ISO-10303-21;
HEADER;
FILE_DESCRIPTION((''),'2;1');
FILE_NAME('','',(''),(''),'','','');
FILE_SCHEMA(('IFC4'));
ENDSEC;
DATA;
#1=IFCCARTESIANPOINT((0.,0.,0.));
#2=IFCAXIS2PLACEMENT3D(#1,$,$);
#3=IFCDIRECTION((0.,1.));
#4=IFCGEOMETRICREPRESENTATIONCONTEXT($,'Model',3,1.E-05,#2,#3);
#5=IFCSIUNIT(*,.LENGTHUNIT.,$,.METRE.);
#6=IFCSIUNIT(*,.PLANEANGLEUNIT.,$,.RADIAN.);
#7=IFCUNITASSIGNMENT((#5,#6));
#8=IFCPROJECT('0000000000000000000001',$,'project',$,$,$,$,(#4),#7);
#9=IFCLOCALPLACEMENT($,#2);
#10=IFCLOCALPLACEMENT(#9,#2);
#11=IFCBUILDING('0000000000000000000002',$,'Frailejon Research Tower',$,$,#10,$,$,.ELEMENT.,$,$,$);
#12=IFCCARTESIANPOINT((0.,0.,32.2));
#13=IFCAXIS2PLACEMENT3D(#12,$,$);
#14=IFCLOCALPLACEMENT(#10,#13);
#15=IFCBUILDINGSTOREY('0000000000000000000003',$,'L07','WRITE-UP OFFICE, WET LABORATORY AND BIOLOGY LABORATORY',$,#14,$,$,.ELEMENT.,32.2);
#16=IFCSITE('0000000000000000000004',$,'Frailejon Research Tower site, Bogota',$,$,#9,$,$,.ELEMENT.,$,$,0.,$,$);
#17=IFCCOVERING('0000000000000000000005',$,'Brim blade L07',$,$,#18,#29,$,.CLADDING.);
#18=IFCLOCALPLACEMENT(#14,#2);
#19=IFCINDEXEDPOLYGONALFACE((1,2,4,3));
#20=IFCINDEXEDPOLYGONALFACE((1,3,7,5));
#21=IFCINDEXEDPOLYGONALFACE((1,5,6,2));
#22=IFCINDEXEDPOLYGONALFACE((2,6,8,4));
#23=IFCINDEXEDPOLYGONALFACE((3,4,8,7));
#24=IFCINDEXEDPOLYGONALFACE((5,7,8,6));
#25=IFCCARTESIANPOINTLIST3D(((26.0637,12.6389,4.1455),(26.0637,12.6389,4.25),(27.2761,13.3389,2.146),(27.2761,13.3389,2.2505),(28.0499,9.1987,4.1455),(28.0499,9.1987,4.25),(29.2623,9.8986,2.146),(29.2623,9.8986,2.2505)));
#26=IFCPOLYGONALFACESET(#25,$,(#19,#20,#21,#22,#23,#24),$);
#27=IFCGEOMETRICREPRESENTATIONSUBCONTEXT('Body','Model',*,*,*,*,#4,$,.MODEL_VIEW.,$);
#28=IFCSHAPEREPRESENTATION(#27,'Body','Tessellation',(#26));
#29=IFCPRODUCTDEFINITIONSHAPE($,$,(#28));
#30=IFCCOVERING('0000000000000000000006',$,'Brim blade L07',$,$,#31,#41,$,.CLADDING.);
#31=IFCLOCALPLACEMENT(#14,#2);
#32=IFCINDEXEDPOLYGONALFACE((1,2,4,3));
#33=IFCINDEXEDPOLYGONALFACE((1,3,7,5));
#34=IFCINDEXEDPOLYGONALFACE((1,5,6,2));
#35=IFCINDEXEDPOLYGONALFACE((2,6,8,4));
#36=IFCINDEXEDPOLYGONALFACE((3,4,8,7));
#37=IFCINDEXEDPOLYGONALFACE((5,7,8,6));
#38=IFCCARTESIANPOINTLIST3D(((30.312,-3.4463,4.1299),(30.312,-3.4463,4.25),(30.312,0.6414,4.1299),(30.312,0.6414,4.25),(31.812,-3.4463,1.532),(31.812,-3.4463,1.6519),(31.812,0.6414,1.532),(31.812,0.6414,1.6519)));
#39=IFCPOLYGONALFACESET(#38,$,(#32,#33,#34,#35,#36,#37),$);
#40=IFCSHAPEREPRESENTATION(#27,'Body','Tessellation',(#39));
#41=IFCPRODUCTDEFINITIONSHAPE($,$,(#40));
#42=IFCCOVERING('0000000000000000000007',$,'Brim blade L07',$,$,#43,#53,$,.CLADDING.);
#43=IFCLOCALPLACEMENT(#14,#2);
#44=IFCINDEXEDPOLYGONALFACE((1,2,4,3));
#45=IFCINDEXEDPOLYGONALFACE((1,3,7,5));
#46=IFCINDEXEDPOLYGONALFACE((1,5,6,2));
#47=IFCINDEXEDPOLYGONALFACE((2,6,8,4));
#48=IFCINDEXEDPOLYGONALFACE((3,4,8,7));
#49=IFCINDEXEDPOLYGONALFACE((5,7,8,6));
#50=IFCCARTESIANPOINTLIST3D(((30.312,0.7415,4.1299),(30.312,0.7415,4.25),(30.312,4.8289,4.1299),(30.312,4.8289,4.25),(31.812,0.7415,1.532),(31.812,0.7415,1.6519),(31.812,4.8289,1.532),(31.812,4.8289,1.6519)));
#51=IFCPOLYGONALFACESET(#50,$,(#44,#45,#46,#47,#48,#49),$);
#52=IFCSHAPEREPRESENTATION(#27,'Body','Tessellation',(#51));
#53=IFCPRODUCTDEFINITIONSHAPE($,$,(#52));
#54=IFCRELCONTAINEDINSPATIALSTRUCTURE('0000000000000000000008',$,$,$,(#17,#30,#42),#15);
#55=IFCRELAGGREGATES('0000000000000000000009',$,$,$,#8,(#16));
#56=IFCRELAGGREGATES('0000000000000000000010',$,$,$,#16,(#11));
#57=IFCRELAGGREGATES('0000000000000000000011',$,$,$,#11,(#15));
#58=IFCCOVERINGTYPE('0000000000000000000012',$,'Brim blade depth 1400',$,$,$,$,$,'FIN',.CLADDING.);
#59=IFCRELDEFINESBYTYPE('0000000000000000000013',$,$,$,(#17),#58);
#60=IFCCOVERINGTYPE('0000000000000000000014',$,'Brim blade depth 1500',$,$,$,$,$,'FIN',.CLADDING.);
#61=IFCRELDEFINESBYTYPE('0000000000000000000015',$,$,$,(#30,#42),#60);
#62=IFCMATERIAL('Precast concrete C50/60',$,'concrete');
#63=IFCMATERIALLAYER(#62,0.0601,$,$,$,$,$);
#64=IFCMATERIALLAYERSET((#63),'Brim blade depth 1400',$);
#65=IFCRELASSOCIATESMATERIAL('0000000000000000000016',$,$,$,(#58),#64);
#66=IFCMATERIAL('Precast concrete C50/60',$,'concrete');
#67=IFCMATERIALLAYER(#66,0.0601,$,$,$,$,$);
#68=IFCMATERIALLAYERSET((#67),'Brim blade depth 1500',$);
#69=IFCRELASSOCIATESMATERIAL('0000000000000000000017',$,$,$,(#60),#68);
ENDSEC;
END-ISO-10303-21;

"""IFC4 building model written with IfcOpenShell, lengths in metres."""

from ifc_helpers import new_model, si_unit, direction, frame, origin, place, context, subcontext, project, spatial, polyline, outline, extrude, material, layer, layer_set, type_object, element, save


model = new_model("IFC4")

# Units and contexts
model_context = context("Model", 3, precision=1e-05, world=origin(), true_north=direction((0.0, 1.0)))
body_context = subcontext(model_context, "Body", "Model", "MODEL_VIEW")
ifc_project = project(units=[si_unit("LENGTHUNIT", "METRE"), si_unit("PLANEANGLEUNIT", "RADIAN")], contexts=[model_context])

# Site, building, storey
site_placement = place(None, origin())
site = spatial("IfcSite", under=ifc_project, at=site_placement, Name="Frailejon Research Tower site, Bogota", CompositionType="ELEMENT", RefElevation=0.0)
building_placement = place(site_placement, origin())
building = spatial("IfcBuilding", under=site, at=building_placement, Name="Frailejon Research Tower", CompositionType="ELEMENT")
storey_placement = place(building_placement, frame((0.0, 0.0, 32.2)))
storey = spatial("IfcBuildingStorey", under=building, at=storey_placement, Name="L07", Description="WRITE-UP OFFICE, WET LABORATORY AND BIOLOGY LABORATORY", CompositionType="ELEMENT", Elevation=32.2)

# Coverings
ifc_material_1 = material(Name="Precast concrete C50/60", Category="concrete")
ifc_layer_1 = layer(ifc_material_1, 0.0601)
ifc_layer_set_1 = layer_set([ifc_layer_1], Name="Brim blade depth 1400")
covering_type_1 = type_object("IfcCoveringType", Name="Brim blade depth 1400", ElementType="FIN", PredefinedType="CLADDING", material=ifc_layer_set_1)
for number, where, z_axis, x_axis, name in (
    (1, (26.0637, 12.6389, 4.25), (0.499992, -0.86603, 0.0), (0.86603, 0.499992, 0.0), "Brim blade L07"),
):
    element("IfcCovering", number, at=place(storey_placement, frame(where, z_axis=z_axis, x_axis=x_axis)), inside=storey, type_object=covering_type_1, Name=name, PredefinedType="CLADDING", context=body_context, shape_type="SweptSolid", body=[
        extrude(outline(polyline([(0.0, -0.1045), (1.3999, -2.104), (1.3999, -1.9995), (0.0, 0.0), (0.0, -0.1045)])), origin(), (0.0, 0.0, 1.0), 3.9724),
    ])
ifc_material_2 = material(Name="Precast concrete C50/60", Category="concrete")
ifc_layer_2 = layer(ifc_material_2, 0.0601)
ifc_layer_set_2 = layer_set([ifc_layer_2], Name="Brim blade depth 1500")
covering_type_2 = type_object("IfcCoveringType", Name="Brim blade depth 1500", ElementType="FIN", PredefinedType="CLADDING", material=ifc_layer_set_2)
covering_1_placement = place(storey_placement, frame((30.312, 0.6414, 4.25), z_axis=(0.0, -1.0, 0.0), x_axis=(1.0, 0.0, 0.0)))
element("IfcCovering", 2, at=covering_1_placement, inside=storey, type_object=covering_type_2, Name="Brim blade L07", PredefinedType="CLADDING", context=body_context, shape_type="SweptSolid", body=[
    extrude(outline(polyline([(0.0, -0.1201), (1.5, -2.718), (1.5, -2.5981), (0.0, 0.0), (0.0, -0.1201)])), origin(), (0.0, 0.0, 1.0), 4.0876),
])
covering_2_placement = place(storey_placement, frame((30.312, 4.8289, 4.25), z_axis=(0.0, -1.0, 0.0), x_axis=(1.0, 0.0, 0.0)))
element("IfcCovering", 3, at=covering_2_placement, inside=storey, type_object=covering_type_2, Name="Brim blade L07", PredefinedType="CLADDING", context=body_context, shape_type="SweptSolid", body=[
    extrude(outline(polyline([(0.0, -0.1201), (1.5, -2.718), (1.5, -2.5981), (0.0, 0.0), (0.0, -0.1201)])), origin(), (0.0, 0.0, 1.0), 4.0874),
])

save(model, "model.ifc")
